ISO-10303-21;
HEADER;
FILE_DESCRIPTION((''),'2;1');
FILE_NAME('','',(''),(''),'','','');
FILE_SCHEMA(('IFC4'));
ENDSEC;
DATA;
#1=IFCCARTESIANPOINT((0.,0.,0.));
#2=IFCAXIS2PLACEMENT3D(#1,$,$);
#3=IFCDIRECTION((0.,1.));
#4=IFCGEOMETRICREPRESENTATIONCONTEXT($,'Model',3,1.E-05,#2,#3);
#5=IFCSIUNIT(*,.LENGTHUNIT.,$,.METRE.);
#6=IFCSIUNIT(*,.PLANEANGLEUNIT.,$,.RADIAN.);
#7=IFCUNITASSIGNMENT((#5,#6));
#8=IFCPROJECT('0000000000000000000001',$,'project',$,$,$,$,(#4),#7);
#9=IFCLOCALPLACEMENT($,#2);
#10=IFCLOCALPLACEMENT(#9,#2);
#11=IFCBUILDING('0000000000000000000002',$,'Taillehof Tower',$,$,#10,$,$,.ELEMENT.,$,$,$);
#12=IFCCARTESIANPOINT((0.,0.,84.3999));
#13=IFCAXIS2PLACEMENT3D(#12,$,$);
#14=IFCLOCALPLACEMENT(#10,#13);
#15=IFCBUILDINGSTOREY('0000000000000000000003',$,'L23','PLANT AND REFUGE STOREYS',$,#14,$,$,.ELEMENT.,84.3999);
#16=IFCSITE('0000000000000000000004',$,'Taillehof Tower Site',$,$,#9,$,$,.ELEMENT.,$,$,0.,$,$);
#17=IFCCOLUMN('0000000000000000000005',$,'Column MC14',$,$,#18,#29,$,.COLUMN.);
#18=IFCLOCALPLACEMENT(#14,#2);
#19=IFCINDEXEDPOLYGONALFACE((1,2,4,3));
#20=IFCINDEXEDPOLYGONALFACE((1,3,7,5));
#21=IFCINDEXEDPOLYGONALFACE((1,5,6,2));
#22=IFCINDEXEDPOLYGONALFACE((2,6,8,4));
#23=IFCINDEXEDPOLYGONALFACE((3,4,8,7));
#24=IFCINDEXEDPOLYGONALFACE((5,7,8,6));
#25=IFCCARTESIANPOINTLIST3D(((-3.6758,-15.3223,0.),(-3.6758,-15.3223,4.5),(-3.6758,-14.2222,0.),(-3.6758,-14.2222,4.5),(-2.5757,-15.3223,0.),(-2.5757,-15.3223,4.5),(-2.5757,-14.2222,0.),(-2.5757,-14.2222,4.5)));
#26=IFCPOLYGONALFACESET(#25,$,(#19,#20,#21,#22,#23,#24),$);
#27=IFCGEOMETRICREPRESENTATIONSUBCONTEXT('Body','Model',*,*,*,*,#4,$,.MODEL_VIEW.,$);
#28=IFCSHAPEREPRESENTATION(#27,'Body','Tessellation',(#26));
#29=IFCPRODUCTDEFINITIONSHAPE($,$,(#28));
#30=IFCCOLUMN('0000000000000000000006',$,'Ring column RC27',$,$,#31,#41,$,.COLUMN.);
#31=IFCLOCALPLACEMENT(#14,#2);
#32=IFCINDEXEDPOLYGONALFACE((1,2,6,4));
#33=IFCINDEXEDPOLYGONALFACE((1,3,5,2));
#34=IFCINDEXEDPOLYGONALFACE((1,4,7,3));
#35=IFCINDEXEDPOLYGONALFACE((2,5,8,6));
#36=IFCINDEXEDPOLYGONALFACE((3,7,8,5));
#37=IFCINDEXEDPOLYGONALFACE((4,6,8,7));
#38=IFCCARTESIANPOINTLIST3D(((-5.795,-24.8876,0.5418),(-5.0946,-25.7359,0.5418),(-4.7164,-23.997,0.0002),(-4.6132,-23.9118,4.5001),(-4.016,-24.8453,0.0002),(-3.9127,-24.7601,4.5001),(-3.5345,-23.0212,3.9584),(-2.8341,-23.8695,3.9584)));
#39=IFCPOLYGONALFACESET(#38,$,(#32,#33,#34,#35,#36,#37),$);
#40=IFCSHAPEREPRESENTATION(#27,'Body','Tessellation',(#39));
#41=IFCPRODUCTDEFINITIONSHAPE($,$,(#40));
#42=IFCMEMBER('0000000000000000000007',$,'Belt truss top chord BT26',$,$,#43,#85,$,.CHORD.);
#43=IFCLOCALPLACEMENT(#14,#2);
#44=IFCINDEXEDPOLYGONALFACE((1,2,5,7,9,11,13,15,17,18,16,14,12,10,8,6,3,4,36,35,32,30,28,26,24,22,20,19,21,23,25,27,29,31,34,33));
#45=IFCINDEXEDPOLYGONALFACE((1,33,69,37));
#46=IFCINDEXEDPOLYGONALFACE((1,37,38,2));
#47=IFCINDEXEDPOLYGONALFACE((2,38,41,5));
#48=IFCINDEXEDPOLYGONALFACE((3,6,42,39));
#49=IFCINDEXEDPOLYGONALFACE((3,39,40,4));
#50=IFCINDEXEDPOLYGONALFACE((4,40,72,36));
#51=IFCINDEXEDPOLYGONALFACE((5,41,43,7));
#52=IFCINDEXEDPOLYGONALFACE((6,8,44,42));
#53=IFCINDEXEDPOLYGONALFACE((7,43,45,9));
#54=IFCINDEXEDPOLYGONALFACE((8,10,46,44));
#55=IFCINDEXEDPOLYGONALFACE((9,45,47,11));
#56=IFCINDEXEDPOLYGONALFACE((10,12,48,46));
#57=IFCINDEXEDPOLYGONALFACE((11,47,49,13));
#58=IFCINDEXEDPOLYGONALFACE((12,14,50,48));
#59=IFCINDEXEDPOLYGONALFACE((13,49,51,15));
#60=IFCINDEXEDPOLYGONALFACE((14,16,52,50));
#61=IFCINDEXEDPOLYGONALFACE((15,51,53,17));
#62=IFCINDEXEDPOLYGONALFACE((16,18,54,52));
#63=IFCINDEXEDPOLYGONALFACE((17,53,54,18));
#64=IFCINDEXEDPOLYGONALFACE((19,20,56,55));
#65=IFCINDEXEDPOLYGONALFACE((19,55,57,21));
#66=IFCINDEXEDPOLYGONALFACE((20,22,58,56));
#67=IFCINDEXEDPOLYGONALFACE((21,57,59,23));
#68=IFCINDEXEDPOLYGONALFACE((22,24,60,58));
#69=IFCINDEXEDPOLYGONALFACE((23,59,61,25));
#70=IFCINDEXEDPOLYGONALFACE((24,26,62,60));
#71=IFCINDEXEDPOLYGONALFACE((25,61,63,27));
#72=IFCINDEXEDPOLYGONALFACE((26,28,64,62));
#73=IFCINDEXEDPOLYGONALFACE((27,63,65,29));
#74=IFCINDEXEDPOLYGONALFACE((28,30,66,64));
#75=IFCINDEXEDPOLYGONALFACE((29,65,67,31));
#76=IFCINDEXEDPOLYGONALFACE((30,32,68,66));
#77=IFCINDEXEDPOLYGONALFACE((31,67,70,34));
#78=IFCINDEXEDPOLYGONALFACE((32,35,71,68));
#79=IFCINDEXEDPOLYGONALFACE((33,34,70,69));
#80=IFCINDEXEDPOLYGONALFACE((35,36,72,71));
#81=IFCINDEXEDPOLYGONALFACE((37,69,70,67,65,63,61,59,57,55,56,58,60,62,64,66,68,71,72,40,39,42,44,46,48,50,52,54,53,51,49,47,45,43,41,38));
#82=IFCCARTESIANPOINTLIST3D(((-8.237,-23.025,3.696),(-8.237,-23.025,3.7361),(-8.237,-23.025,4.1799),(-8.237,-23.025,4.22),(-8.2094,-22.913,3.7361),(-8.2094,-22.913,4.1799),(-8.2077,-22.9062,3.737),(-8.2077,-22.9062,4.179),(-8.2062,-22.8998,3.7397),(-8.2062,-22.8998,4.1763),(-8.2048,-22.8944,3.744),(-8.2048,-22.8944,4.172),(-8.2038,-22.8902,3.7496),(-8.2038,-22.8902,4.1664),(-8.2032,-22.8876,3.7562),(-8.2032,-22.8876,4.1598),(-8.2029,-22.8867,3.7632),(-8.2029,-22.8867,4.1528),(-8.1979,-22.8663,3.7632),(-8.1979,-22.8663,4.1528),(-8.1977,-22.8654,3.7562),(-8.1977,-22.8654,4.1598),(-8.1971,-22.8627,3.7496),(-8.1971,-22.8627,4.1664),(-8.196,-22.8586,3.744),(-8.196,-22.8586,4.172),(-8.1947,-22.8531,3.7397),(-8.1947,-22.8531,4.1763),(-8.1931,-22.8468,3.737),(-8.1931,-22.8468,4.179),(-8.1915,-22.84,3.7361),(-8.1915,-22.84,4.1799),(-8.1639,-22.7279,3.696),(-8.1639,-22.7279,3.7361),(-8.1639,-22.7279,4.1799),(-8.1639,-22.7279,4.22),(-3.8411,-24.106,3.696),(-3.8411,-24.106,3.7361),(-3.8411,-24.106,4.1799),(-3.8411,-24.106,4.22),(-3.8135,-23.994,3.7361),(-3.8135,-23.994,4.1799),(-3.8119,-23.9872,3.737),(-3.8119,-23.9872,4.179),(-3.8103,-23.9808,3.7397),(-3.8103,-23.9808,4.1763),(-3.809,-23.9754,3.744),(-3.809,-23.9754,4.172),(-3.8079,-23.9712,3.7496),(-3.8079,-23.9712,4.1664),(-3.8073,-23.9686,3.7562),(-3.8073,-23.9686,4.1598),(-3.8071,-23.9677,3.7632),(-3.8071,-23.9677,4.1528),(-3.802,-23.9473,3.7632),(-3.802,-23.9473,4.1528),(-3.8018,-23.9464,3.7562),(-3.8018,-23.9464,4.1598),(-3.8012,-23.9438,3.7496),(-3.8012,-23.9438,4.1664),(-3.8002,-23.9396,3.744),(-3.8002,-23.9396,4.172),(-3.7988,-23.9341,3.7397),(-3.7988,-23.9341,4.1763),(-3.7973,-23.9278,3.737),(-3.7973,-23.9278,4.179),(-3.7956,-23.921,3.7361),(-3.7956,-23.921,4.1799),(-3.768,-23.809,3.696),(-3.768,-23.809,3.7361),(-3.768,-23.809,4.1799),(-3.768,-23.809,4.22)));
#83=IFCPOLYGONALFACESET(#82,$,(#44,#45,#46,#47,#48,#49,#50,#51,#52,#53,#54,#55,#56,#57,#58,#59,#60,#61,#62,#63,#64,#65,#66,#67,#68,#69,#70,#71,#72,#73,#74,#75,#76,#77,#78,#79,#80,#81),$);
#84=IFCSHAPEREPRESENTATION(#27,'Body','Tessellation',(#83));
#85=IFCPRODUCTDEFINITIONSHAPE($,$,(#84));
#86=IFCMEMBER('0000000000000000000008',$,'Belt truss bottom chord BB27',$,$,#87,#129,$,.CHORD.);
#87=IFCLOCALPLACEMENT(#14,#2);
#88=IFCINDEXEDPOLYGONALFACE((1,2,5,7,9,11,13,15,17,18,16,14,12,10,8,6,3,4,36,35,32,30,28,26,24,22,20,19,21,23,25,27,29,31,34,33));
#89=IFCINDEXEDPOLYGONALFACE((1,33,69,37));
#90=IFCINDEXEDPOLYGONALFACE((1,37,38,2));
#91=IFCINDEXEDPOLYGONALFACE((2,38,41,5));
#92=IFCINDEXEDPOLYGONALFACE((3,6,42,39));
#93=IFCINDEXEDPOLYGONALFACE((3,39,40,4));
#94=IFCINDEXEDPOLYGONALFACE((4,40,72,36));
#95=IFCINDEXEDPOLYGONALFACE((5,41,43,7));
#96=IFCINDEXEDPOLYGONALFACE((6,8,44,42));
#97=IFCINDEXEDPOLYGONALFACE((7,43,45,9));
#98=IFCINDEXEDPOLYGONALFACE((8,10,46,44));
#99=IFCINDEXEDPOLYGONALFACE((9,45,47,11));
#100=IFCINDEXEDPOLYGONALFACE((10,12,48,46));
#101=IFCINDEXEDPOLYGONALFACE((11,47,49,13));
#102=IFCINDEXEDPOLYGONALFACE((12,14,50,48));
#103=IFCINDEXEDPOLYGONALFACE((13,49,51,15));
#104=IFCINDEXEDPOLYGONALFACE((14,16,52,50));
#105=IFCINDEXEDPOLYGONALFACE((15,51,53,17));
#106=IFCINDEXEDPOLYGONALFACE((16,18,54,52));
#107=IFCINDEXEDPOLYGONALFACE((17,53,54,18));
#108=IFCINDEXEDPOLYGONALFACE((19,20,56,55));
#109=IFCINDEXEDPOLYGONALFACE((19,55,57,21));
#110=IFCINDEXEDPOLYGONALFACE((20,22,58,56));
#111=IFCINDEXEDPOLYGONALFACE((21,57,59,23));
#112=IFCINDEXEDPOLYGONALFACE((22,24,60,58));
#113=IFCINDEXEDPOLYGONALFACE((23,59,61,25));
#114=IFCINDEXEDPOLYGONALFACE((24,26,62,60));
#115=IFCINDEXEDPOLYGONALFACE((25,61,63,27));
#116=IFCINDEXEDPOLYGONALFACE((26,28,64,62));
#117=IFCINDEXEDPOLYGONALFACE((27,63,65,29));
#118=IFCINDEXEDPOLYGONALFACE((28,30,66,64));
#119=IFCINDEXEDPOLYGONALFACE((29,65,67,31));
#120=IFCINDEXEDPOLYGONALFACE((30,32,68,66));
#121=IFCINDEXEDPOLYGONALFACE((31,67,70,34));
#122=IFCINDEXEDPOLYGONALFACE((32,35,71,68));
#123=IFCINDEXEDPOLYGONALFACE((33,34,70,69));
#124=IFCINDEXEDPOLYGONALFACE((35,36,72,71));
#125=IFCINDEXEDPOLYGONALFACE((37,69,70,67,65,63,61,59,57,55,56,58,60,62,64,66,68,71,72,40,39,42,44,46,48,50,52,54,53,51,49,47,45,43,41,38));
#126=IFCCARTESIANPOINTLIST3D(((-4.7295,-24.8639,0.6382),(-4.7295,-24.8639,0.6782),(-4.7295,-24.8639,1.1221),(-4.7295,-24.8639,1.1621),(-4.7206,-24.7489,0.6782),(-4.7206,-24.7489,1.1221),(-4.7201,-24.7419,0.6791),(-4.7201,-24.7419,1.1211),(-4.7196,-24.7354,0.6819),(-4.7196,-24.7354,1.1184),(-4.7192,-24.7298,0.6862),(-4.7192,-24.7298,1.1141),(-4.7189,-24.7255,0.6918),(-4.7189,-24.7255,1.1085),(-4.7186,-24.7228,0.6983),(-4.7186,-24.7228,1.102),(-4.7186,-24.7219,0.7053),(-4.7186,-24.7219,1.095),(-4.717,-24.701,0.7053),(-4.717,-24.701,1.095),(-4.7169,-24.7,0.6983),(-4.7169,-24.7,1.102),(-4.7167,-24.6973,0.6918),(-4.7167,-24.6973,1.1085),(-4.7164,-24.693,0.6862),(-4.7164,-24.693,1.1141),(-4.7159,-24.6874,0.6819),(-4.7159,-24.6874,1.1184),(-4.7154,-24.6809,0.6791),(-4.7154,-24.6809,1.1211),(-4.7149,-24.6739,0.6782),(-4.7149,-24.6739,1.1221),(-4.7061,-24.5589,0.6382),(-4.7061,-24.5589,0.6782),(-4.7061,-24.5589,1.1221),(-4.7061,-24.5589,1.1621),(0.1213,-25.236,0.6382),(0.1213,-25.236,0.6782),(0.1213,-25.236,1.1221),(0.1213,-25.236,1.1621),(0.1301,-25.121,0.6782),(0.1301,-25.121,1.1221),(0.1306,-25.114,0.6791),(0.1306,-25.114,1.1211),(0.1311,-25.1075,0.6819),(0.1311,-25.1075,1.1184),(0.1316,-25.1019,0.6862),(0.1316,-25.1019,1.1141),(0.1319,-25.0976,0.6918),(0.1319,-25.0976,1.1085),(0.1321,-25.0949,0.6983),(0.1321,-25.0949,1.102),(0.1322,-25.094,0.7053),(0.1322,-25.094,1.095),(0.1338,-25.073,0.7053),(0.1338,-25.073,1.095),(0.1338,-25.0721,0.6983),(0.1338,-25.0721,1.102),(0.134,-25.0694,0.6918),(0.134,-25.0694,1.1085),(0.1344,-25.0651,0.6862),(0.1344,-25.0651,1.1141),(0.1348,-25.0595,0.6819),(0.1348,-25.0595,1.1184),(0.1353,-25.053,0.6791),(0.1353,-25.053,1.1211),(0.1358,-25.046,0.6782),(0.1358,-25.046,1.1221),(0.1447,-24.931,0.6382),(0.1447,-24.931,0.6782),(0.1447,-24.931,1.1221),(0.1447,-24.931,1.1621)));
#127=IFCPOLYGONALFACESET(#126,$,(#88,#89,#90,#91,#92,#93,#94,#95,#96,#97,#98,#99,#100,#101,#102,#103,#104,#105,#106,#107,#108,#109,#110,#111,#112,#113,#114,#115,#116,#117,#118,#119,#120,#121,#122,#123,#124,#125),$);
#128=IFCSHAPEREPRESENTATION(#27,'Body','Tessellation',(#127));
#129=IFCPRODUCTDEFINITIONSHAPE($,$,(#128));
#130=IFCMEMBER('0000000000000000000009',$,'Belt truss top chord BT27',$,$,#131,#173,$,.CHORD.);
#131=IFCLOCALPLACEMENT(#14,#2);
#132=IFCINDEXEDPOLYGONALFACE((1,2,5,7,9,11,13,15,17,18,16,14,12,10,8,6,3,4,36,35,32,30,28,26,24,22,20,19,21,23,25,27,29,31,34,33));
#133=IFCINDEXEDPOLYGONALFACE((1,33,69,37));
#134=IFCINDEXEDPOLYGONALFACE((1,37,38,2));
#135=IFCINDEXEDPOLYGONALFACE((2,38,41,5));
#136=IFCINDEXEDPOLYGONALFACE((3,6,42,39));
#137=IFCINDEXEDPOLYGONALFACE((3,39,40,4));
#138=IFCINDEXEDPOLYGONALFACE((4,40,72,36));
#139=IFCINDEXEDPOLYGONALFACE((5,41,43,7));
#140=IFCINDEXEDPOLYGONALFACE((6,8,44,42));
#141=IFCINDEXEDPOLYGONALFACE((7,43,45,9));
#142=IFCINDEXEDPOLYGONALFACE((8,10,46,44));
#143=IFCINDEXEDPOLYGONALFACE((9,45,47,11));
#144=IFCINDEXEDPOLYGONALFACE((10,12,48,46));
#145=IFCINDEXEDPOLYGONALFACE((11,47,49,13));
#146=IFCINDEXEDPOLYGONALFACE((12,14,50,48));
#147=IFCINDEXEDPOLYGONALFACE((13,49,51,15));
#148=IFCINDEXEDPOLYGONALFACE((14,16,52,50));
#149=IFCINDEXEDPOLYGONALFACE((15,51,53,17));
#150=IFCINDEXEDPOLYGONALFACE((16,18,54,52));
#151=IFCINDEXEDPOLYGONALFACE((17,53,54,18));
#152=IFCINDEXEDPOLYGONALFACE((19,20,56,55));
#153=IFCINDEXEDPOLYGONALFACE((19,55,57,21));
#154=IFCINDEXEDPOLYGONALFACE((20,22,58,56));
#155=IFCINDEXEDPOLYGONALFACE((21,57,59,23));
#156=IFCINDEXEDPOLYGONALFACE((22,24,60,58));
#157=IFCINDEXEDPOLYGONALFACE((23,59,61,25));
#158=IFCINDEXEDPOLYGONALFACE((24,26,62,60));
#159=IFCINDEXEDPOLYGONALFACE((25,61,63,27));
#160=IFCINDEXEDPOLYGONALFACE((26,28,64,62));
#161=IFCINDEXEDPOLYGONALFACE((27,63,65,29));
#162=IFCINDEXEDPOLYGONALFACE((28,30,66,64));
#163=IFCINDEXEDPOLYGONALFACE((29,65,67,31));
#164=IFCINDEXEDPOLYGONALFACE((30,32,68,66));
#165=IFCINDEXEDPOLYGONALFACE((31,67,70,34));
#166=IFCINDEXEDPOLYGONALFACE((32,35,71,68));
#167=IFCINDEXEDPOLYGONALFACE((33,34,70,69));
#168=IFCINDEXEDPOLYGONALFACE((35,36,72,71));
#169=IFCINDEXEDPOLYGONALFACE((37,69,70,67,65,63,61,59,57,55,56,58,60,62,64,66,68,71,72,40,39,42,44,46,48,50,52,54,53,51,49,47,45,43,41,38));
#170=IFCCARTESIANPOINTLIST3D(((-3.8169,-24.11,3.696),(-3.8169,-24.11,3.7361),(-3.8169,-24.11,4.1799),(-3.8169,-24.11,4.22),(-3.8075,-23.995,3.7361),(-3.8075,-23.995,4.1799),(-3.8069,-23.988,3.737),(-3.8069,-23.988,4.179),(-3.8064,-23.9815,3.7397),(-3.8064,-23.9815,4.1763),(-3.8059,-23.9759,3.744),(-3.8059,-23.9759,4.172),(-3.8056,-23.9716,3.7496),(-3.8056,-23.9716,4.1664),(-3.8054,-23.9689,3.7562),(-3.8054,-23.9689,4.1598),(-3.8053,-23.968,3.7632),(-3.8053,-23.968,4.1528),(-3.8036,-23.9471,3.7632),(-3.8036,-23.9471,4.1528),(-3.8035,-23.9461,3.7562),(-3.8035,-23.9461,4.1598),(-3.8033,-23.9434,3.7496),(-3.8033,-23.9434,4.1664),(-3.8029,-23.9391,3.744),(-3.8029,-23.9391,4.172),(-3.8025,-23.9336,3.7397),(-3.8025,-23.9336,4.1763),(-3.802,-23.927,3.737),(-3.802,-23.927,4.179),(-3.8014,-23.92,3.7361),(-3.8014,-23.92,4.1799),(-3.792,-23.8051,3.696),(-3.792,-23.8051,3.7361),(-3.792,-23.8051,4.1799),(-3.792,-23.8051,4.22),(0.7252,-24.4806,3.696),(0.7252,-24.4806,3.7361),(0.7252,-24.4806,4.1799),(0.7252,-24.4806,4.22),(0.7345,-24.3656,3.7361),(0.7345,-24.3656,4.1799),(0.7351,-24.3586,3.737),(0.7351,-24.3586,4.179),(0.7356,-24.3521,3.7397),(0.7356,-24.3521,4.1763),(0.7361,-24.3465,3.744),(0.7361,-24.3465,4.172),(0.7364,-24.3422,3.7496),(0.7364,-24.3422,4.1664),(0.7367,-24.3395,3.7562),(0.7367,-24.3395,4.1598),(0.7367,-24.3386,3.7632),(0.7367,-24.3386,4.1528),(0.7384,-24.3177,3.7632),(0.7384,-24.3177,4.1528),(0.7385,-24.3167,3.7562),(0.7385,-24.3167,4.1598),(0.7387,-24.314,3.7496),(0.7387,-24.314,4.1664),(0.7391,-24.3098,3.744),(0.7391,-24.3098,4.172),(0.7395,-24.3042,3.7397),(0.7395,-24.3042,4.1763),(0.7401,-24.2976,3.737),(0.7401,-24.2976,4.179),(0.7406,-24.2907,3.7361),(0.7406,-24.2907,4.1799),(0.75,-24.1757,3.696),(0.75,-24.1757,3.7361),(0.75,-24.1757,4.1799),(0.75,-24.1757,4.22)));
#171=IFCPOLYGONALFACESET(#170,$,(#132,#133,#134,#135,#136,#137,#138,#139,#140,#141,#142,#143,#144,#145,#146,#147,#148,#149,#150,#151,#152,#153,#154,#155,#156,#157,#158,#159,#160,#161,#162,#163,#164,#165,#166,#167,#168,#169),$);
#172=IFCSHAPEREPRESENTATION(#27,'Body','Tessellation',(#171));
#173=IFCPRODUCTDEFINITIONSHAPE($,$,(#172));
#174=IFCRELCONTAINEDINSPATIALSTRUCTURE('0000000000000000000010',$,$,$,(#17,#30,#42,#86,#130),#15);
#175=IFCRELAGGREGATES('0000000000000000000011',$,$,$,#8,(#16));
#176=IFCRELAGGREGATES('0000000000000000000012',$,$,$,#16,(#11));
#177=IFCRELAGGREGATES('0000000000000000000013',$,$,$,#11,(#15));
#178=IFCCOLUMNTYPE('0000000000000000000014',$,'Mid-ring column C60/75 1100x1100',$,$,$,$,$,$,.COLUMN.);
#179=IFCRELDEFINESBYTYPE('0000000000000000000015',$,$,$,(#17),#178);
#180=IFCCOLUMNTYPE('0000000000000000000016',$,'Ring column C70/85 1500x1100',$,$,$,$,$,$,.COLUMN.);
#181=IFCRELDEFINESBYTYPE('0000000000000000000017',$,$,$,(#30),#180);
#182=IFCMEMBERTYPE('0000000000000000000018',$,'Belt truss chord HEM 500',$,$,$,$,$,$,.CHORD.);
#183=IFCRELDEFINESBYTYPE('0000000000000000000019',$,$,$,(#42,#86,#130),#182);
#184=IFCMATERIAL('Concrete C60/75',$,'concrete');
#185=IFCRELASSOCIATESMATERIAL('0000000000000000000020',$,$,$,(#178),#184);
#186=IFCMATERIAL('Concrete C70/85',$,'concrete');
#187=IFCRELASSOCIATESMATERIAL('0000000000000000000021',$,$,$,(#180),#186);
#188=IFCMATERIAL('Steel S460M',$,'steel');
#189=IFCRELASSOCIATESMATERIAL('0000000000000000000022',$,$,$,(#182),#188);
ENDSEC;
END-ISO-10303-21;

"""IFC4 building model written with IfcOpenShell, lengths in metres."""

from ifc_helpers import new_model, si_unit, direction, frame, origin, origin_2d, place, context, subcontext, project, spatial, rectangle, i_section, extrude, material, material_profile, profile_set, type_object, element, save


model = new_model("IFC4")

# Units and contexts
model_context = context("Model", 3, precision=1e-05, world=origin(), true_north=direction((0.0, 1.0)))
body_context = subcontext(model_context, "Body", "Model", "MODEL_VIEW")
ifc_project = project(units=[si_unit("LENGTHUNIT", "METRE"), si_unit("PLANEANGLEUNIT", "RADIAN")], contexts=[model_context])

# Site, building, storey
site_placement = place(None, origin())
site = spatial("IfcSite", under=ifc_project, at=site_placement, Name="Taillehof Tower Site", CompositionType="ELEMENT", RefElevation=0.0)
building_placement = place(site_placement, origin())
building = spatial("IfcBuilding", under=site, at=building_placement, Name="Taillehof Tower", CompositionType="ELEMENT")
storey_placement = place(building_placement, frame((0.0, 0.0, 84.3999)))
storey = spatial("IfcBuildingStorey", under=building, at=storey_placement, Name="L23", Description="PLANT AND REFUGE STOREYS", CompositionType="ELEMENT", Elevation=84.3999)

# Columns
ifc_material_1 = material(Name="Concrete C60/75", Category="concrete")
ifc_material_profile_1 = material_profile(ifc_material_1, rectangle(XDim=1.1001, YDim=1.1001, at=origin_2d()), Name="RC 1100x1100")
ifc_profile_set_1 = profile_set([ifc_material_profile_1], Name="Concrete C60/75")
column_type_1 = type_object("IfcColumnType", Name="Mid-ring column C60/75 1100x1100", PredefinedType="COLUMN", material=ifc_profile_set_1)
column_1_placement = place(storey_placement, frame((-3.1257, -14.7722, 0.0), z_axis=(0.0, 0.0, 1.0), x_axis=(1.0, 0.0, 0.0)))
element("IfcColumn", 1, at=column_1_placement, inside=storey, type_object=column_type_1, Name="Column MC14", PredefinedType="COLUMN", context=body_context, shape_type="SweptSolid", body=[
    extrude(rectangle(XDim=1.1001, YDim=1.1001, at=origin_2d()), origin(), (0.0, 0.0, 1.0), 4.5),
])
ifc_material_2 = material(Name="Concrete C70/85", Category="concrete")
ifc_material_profile_2 = material_profile(ifc_material_2, rectangle(XDim=1.5, YDim=1.1001, at=origin_2d()), Name="RC 1500x1100")
ifc_profile_set_2 = profile_set([ifc_material_profile_2], Name="Concrete C70/85")
column_type_2 = type_object("IfcColumnType", Name="Ring column C70/85 1500x1100", PredefinedType="COLUMN", material=ifc_profile_set_2)
column_2_placement = place(storey_placement, frame((-4.9055, -24.8665, 0.271), z_axis=(0.278443, 0.229898, 0.932532), x_axis=(-0.719099, -0.593728, 0.361086)))
element("IfcColumn", 2, at=column_2_placement, inside=storey, type_object=column_type_2, Name="Ring column RC27", PredefinedType="COLUMN", context=body_context, shape_type="SweptSolid", body=[
    extrude(rectangle(XDim=1.5, YDim=1.1001, at=origin_2d()), origin(), (0.0, 0.0, 1.0), 4.2446),
])

# Members
ifc_material_3 = material(Name="Steel S460M", Category="steel")
ifc_material_profile_3 = material_profile(ifc_material_3, i_section(OverallWidth=0.3059, OverallDepth=0.5239, WebThickness=0.021, FlangeThickness=0.04, FilletRadius=0.0271, at=origin_2d()), Name="HEM 500")
ifc_profile_set_3 = profile_set([ifc_material_profile_3], Name="Steel S460M")
member_type_1 = type_object("IfcMemberType", Name="Belt truss chord HEM 500", PredefinedType="CHORD", material=ifc_profile_set_3)
member_1_placement = place(storey_placement, frame((-8.2004, -22.8765, 3.958), z_axis=(0.971068, -0.238803, 0.0), x_axis=(0.238803, 0.971068, 0.0)))
element("IfcMember", 3, at=member_1_placement, inside=storey, type_object=member_type_1, Name="Belt truss top chord BT26", PredefinedType="CHORD", context=body_context, shape_type="SweptSolid", body=[
    extrude(i_section(OverallWidth=0.3059, OverallDepth=0.5239, WebThickness=0.021, FlangeThickness=0.04, FilletRadius=0.0271, at=origin_2d()), origin(), (0.0, 0.0, 1.0), 4.5269),
])
member_2_placement = place(storey_placement, frame((-4.7178, -24.7114, 0.9001), z_axis=(0.997071, -0.076478, 0.0), x_axis=(0.076478, 0.997071, 0.0)))
element("IfcMember", 4, at=member_2_placement, inside=storey, type_object=member_type_1, Name="Belt truss bottom chord BB27", PredefinedType="CHORD", context=body_context, shape_type="SweptSolid", body=[
    extrude(i_section(OverallWidth=0.3059, OverallDepth=0.5239, WebThickness=0.021, FlangeThickness=0.04, FilletRadius=0.0271, at=origin_2d()), origin(), (0.0, 0.0, 1.0), 4.865),
])
member_3_placement = place(storey_placement, frame((-3.8044, -23.9575, 3.958), z_axis=(0.996688, -0.081325, 0.0), x_axis=(0.081325, 0.996688, 0.0)))
element("IfcMember", 5, at=member_3_placement, inside=storey, type_object=member_type_1, Name="Belt truss top chord BT27", PredefinedType="CHORD", context=body_context, shape_type="SweptSolid", body=[
    extrude(i_section(OverallWidth=0.3059, OverallDepth=0.5239, WebThickness=0.021, FlangeThickness=0.04, FilletRadius=0.0271, at=origin_2d()), origin(), (0.0, 0.0, 1.0), 4.5571),
])

save(model, "model.ifc")
